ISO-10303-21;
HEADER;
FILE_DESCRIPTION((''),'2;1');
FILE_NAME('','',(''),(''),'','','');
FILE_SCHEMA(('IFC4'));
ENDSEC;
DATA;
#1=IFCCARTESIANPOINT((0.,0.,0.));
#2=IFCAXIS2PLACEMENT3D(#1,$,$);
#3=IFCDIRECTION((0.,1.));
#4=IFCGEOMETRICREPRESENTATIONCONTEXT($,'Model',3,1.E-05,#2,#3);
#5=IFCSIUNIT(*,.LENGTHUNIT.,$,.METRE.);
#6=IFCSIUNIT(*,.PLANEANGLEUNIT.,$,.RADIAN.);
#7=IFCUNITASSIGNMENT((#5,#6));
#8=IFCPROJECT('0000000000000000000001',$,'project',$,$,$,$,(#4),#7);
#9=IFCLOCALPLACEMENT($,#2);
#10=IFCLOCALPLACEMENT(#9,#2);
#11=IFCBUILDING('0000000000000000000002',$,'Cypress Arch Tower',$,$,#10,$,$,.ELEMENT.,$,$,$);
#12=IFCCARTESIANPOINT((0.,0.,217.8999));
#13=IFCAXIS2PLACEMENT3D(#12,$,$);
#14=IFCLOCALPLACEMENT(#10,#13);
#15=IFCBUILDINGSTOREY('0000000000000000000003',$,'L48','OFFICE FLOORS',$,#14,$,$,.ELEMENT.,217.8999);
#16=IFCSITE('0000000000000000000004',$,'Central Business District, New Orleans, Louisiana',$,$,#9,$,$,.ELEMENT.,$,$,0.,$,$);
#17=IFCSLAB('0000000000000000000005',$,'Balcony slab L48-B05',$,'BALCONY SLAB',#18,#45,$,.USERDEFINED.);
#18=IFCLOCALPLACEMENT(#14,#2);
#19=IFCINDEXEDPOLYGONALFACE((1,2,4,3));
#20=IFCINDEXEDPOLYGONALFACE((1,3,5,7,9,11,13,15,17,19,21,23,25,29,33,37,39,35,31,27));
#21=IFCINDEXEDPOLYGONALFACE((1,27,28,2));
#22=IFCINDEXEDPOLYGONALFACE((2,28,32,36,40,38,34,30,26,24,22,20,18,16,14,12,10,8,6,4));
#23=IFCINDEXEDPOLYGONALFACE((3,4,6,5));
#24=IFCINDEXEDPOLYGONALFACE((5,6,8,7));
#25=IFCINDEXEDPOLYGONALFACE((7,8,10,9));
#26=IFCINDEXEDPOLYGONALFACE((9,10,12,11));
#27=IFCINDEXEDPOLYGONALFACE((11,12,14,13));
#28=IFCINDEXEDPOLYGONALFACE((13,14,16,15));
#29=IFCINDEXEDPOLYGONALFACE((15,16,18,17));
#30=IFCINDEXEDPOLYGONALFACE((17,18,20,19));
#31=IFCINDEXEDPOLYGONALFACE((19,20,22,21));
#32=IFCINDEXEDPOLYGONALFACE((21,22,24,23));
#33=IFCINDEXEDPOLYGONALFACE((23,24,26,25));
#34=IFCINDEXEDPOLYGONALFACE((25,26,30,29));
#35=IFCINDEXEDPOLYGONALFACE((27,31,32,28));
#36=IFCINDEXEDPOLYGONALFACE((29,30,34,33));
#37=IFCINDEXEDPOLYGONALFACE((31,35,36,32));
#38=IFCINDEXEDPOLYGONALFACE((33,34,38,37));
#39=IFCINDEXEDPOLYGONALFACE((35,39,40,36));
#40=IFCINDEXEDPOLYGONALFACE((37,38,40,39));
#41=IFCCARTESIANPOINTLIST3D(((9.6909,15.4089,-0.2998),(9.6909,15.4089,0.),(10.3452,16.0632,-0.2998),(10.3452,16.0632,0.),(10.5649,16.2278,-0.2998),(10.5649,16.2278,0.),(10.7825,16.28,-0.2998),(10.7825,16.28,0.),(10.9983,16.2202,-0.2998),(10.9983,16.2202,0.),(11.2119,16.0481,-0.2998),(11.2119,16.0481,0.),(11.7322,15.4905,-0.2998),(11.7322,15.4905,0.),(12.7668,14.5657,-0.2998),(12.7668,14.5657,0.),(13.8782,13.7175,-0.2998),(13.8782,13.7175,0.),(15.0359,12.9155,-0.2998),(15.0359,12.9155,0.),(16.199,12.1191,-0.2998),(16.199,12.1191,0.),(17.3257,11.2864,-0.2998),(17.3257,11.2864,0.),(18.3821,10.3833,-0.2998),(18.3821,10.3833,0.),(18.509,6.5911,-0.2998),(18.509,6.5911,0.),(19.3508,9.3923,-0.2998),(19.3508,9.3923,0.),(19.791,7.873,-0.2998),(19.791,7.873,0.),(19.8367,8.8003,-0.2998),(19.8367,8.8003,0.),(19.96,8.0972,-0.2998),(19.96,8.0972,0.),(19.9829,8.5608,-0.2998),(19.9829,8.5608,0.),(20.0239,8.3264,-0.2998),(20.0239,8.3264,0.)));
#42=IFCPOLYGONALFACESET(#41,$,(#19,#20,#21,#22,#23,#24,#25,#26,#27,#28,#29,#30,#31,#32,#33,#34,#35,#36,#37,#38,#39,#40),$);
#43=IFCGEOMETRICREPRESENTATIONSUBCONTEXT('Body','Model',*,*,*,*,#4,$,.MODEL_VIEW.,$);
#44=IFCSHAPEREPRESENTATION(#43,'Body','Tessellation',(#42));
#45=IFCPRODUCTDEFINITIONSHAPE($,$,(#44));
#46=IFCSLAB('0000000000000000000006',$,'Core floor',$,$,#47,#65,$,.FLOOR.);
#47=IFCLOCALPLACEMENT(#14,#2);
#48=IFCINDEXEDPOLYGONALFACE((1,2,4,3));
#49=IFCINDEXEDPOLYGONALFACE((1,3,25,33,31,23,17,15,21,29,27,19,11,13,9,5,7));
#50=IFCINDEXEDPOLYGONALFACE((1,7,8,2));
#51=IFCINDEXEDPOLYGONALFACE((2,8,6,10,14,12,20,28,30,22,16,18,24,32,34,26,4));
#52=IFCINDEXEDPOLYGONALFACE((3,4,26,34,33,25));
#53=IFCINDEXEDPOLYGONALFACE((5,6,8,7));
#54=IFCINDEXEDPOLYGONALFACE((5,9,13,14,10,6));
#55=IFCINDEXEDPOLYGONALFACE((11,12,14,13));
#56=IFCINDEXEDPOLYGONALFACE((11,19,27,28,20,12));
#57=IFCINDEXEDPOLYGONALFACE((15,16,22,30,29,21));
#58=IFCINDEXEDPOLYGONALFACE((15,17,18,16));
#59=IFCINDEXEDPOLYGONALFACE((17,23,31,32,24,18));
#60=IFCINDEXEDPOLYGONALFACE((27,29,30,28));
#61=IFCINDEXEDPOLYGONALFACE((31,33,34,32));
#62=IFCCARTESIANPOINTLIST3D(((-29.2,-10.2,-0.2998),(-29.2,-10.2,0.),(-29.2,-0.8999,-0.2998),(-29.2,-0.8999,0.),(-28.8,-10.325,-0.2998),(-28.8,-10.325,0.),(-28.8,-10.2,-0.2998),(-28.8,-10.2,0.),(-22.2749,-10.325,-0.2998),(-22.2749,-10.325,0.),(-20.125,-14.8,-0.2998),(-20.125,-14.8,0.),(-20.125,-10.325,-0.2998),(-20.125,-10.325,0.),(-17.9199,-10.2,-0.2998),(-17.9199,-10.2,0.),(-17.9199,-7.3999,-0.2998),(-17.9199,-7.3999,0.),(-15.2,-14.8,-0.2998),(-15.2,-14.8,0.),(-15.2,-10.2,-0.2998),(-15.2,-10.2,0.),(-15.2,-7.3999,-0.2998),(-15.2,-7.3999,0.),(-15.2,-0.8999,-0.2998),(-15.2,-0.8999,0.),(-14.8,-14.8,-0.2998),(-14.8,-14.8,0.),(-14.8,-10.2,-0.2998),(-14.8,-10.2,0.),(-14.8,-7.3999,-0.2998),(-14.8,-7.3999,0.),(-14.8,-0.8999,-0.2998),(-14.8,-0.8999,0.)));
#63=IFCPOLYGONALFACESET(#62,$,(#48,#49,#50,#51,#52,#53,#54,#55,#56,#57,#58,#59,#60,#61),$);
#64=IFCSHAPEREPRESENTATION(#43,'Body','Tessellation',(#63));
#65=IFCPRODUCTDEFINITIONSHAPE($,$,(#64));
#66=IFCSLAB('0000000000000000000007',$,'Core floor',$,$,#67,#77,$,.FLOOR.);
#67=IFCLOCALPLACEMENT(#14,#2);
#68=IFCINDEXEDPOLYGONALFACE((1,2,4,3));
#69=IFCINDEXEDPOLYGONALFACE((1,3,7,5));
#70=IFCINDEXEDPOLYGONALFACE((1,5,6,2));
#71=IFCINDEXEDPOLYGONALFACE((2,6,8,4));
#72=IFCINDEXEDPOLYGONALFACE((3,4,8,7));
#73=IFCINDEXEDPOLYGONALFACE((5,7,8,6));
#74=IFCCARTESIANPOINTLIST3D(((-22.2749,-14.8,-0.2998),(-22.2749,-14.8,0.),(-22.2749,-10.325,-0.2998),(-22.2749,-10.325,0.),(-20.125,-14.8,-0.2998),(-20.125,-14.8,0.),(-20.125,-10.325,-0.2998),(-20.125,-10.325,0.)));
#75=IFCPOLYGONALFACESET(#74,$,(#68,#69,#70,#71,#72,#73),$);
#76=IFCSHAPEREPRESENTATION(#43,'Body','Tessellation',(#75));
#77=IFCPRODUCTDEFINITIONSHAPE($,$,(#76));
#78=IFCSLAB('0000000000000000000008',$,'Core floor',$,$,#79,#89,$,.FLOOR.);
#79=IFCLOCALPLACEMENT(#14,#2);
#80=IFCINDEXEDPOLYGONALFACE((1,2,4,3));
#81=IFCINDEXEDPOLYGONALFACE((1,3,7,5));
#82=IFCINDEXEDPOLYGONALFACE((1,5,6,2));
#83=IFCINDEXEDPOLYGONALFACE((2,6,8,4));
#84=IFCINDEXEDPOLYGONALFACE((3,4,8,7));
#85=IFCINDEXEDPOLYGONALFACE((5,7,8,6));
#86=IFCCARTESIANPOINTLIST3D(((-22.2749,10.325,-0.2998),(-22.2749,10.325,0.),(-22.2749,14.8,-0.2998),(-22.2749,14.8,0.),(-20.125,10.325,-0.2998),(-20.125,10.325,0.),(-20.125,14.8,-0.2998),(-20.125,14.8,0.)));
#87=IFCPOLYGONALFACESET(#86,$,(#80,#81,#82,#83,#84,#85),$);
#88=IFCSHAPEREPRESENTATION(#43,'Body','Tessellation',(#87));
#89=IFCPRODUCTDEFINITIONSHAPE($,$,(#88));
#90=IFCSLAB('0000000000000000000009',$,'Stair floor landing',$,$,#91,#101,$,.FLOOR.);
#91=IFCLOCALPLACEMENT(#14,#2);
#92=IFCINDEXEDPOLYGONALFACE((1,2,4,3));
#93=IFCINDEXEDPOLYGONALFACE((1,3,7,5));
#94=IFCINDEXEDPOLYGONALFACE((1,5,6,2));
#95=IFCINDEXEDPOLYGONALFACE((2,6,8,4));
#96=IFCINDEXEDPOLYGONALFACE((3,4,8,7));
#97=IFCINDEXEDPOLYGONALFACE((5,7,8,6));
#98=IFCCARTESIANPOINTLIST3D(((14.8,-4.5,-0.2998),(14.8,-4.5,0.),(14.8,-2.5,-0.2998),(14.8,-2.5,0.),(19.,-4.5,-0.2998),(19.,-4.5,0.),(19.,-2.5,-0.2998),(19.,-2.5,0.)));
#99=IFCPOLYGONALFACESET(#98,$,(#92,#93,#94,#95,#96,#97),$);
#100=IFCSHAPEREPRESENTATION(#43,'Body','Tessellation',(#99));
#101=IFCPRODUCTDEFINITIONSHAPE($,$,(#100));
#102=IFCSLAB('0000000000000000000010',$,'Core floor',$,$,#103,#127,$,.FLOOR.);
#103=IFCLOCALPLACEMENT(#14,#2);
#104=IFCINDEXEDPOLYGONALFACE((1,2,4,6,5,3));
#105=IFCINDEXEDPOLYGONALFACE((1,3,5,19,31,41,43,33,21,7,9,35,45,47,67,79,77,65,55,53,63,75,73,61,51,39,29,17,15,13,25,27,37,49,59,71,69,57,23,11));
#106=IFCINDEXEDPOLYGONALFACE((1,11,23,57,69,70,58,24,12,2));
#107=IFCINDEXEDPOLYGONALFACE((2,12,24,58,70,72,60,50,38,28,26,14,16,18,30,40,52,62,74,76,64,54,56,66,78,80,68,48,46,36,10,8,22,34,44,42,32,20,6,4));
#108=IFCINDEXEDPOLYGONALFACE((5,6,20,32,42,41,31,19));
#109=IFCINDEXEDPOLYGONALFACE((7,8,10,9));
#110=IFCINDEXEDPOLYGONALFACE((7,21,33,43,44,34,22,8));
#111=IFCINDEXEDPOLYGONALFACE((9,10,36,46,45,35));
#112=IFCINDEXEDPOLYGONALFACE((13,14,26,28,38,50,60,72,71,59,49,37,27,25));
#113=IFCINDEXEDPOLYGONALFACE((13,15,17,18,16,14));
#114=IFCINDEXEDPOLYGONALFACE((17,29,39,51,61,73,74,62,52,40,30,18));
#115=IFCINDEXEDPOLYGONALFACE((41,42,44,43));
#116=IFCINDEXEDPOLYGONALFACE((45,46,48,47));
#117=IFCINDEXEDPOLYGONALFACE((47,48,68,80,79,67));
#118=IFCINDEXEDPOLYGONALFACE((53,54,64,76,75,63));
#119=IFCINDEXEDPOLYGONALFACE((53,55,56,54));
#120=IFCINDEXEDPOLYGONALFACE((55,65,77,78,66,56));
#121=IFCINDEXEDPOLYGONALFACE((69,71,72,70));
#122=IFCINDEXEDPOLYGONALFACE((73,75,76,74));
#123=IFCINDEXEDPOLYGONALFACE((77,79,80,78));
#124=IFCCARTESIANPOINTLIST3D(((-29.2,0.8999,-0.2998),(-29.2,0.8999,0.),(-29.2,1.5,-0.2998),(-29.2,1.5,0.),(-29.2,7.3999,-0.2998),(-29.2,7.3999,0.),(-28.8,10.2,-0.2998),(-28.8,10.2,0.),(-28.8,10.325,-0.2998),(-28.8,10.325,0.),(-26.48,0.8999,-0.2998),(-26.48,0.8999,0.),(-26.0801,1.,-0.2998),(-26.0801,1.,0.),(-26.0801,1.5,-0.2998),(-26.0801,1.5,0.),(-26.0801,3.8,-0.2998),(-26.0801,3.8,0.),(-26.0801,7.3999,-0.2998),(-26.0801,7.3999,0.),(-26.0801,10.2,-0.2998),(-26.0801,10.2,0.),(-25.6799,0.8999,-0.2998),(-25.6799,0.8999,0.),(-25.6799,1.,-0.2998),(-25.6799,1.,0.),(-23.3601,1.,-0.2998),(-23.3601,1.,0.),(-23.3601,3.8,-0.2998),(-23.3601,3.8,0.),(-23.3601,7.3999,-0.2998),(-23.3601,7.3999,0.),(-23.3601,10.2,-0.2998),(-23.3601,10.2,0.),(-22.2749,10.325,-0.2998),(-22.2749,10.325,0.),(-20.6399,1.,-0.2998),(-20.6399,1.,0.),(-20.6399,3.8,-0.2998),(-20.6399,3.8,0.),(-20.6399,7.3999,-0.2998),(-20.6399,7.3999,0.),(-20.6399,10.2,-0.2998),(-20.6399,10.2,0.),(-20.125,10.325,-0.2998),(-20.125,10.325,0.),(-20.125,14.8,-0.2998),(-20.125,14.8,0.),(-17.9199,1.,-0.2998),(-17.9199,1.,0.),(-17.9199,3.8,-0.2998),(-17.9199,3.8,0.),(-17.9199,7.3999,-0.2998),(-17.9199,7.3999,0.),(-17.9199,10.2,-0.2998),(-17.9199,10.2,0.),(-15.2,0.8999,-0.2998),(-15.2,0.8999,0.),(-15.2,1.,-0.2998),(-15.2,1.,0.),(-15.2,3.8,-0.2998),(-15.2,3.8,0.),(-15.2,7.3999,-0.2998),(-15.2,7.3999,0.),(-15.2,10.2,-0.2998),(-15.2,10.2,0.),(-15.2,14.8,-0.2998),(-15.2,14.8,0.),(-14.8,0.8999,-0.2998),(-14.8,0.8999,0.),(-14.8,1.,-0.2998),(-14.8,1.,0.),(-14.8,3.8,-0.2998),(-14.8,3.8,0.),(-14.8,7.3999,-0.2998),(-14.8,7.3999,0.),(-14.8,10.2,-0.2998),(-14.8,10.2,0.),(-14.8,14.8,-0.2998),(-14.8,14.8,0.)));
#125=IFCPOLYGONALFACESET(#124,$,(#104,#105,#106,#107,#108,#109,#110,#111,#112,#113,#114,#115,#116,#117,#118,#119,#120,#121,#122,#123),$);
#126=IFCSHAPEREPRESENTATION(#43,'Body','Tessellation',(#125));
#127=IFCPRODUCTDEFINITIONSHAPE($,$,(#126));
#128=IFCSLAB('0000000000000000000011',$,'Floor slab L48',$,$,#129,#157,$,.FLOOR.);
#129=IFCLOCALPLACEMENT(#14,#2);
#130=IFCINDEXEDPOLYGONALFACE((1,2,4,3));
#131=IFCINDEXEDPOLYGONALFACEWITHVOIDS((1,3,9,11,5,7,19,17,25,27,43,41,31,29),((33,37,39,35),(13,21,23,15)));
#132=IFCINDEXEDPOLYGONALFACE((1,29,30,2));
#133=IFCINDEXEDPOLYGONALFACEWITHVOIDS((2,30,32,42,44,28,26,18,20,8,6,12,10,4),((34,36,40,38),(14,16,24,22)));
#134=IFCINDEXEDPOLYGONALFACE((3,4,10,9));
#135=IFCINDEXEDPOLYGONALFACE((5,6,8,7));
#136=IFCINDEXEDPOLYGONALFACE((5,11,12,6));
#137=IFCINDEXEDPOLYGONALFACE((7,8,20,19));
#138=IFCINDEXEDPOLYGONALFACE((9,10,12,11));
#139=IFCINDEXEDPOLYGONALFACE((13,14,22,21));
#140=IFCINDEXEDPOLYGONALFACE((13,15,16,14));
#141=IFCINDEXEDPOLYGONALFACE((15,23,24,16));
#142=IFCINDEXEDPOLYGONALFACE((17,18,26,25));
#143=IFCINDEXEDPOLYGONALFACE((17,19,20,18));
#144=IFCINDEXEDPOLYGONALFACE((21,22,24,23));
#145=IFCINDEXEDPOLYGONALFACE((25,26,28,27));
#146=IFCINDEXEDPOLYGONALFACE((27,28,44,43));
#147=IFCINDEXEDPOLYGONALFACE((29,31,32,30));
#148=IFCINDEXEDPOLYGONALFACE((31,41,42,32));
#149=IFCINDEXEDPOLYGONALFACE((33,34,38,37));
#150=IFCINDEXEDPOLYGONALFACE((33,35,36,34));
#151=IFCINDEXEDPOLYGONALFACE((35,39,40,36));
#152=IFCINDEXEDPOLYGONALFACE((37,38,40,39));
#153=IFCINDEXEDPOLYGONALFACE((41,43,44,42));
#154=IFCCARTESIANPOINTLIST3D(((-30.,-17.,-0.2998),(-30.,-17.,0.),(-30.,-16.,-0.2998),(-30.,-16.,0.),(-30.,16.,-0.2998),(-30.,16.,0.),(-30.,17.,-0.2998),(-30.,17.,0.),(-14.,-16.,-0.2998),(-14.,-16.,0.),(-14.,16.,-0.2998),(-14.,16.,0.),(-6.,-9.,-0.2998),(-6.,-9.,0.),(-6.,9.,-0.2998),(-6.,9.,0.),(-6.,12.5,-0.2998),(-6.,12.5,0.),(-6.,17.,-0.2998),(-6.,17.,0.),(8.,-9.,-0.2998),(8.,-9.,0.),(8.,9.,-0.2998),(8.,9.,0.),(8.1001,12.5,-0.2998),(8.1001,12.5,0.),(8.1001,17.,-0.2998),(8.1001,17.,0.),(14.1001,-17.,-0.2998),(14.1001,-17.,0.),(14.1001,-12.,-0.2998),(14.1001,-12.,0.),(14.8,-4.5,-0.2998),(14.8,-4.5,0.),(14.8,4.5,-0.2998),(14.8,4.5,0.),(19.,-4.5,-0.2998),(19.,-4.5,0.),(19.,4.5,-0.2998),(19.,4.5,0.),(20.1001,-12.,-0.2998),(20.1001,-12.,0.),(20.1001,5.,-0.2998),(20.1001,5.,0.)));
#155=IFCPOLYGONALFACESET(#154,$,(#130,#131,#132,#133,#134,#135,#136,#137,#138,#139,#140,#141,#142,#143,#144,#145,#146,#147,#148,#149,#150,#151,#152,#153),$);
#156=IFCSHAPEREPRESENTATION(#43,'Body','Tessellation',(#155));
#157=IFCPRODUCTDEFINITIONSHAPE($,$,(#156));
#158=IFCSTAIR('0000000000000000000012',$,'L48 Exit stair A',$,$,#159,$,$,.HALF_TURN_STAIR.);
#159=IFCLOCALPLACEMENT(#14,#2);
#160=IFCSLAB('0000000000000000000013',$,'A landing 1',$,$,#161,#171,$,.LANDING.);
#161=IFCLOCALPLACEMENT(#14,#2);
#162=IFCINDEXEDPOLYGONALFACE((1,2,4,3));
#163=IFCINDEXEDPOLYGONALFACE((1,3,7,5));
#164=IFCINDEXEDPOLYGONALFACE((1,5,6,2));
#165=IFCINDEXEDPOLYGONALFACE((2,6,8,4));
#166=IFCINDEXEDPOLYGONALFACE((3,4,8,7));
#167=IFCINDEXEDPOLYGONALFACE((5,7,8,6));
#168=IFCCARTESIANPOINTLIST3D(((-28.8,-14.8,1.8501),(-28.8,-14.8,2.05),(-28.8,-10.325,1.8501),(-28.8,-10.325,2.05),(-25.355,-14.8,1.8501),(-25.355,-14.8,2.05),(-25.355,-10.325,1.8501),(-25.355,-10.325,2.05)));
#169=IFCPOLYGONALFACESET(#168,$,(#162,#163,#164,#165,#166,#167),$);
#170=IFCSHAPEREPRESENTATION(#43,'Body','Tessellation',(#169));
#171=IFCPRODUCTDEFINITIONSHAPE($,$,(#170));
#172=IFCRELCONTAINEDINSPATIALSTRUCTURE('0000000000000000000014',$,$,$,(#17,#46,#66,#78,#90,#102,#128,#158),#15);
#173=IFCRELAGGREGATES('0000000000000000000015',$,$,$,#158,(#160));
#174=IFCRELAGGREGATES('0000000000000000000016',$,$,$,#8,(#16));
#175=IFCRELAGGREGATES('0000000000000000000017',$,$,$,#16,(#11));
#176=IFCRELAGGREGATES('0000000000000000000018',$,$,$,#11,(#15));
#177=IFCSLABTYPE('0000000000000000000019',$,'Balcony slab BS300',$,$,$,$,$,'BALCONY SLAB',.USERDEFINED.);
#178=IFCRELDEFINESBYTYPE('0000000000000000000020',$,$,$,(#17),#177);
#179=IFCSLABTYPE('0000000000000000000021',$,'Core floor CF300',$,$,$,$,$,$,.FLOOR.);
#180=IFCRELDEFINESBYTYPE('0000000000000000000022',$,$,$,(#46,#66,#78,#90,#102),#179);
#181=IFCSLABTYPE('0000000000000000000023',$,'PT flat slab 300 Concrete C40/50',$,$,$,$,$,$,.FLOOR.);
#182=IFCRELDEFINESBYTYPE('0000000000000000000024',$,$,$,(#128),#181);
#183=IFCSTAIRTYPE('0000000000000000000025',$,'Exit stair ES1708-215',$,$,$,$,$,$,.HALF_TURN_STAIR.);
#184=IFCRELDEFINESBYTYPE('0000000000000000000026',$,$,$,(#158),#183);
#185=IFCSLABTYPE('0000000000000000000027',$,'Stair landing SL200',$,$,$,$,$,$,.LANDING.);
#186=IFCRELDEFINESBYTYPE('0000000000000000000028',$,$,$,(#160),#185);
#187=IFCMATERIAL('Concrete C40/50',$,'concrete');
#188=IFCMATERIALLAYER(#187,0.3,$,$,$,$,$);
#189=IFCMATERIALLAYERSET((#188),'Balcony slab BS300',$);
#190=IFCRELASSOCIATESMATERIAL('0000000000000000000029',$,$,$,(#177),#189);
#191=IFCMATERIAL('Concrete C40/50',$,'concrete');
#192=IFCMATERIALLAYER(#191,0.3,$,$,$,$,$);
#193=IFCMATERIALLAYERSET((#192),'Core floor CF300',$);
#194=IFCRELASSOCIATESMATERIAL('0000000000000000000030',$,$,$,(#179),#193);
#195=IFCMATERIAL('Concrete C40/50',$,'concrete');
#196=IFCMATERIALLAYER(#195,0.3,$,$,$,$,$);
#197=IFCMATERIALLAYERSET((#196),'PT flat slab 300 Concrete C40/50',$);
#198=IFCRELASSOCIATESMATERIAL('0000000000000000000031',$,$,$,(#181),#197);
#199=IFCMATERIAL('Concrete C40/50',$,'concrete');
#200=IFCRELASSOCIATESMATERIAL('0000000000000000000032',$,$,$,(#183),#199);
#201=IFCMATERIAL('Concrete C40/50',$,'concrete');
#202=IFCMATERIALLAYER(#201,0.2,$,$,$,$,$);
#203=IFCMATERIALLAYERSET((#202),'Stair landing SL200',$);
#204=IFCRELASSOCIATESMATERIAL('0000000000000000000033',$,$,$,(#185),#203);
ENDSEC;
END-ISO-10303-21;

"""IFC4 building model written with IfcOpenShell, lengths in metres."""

from ifc_helpers import new_model, si_unit, direction, frame, origin, place, context, subcontext, project, spatial, polyline, outline, extrude, material, layer, layer_set, type_object, element, aggregate, save


model = new_model("IFC4")

# Units and contexts
model_context = context("Model", 3, precision=1e-05, world=origin(), true_north=direction((0.0, 1.0)))
body_context = subcontext(model_context, "Body", "Model", "MODEL_VIEW")
ifc_project = project(units=[si_unit("LENGTHUNIT", "METRE"), si_unit("PLANEANGLEUNIT", "RADIAN")], contexts=[model_context])

# Site, building, storey
site_placement = place(None, origin())
site = spatial("IfcSite", under=ifc_project, at=site_placement, Name="Central Business District, New Orleans, Louisiana", CompositionType="ELEMENT", RefElevation=0.0)
building_placement = place(site_placement, origin())
building = spatial("IfcBuilding", under=site, at=building_placement, Name="Cypress Arch Tower", CompositionType="ELEMENT")
storey_placement = place(building_placement, frame((0.0, 0.0, 217.8999)))
storey = spatial("IfcBuildingStorey", under=building, at=storey_placement, Name="L48", Description="OFFICE FLOORS", CompositionType="ELEMENT", Elevation=217.8999)

# Slabs
ifc_material_1 = material(Name="Concrete C40/50", Category="concrete")
ifc_layer_1 = layer(ifc_material_1, 0.3)
ifc_layer_set_1 = layer_set([ifc_layer_1], Name="Balcony slab BS300")
slab_type_1 = type_object("IfcSlabType", Name="Balcony slab BS300", ElementType="BALCONY SLAB", PredefinedType="USERDEFINED", material=ifc_layer_set_1)
slab_1_placement = place(storey_placement, frame((0.0, 0.0, -0.2998)))
element("IfcSlab", 1, at=slab_1_placement, inside=storey, type_object=slab_type_1, Name="Balcony slab L48-B05", ObjectType="BALCONY SLAB", PredefinedType="USERDEFINED", context=body_context, shape_type="SweptSolid", body=[
    extrude(outline(polyline([(18.509, 6.5911), (19.791, 7.873), (19.96, 8.0972), (20.0239, 8.3264), (19.9829, 8.5608), (19.8367, 8.8003), (19.3508, 9.3923), (18.3821, 10.3833), (17.3257, 11.2864), (16.199, 12.1191), (15.0359, 12.9155), (13.8782, 13.7175), (12.7668, 14.5657), (11.7322, 15.4905), (11.2119, 16.0481), (10.9983, 16.2202), (10.7825, 16.28), (10.5649, 16.2278), (10.3452, 16.0632), (9.6909, 15.4089), (18.509, 6.5911)])), origin(), (0.0, 0.0, 1.0), 0.2998),
])
ifc_material_2 = material(Name="Concrete C40/50", Category="concrete")
ifc_layer_2 = layer(ifc_material_2, 0.3)
ifc_layer_set_2 = layer_set([ifc_layer_2], Name="Core floor CF300")
slab_type_2 = type_object("IfcSlabType", Name="Core floor CF300", PredefinedType="FLOOR", material=ifc_layer_set_2)
slab_2_placement = place(storey_placement, frame((0.0, 0.0, -0.2998)))
element("IfcSlab", 2, at=slab_2_placement, inside=storey, type_object=slab_type_2, Name="Core floor", PredefinedType="FLOOR", context=body_context, shape_type="SweptSolid", body=[
    extrude(outline(polyline([(-28.8, -10.2), (-29.2, -10.2), (-29.2, -0.8999), (-15.2, -0.8999), (-14.8, -0.8999), (-14.8, -7.3999), (-15.2, -7.3999), (-17.9199, -7.3999), (-17.9199, -10.2), (-15.2, -10.2), (-14.8, -10.2), (-14.8, -14.8), (-15.2, -14.8), (-20.125, -14.8), (-20.125, -10.325), (-22.2749, -10.325), (-28.8, -10.325), (-28.8, -10.2)])), origin(), (0.0, 0.0, 1.0), 0.2998),
])
slab_3_placement = place(storey_placement, frame((0.0, 0.0, -0.2998)))
element("IfcSlab", 3, at=slab_3_placement, inside=storey, type_object=slab_type_2, Name="Core floor", PredefinedType="FLOOR", context=body_context, shape_type="SweptSolid", body=[
    extrude(outline(polyline([(-22.2749, -10.325), (-22.2749, -14.8), (-20.125, -14.8), (-20.125, -10.325), (-22.2749, -10.325)])), origin(), (0.0, 0.0, 1.0), 0.2998),
])
slab_4_placement = place(storey_placement, frame((0.0, 0.0, -0.2998)))
element("IfcSlab", 4, at=slab_4_placement, inside=storey, type_object=slab_type_2, Name="Core floor", PredefinedType="FLOOR", context=body_context, shape_type="SweptSolid", body=[
    extrude(outline(polyline([(-20.125, 14.8), (-22.2749, 14.8), (-22.2749, 10.325), (-20.125, 10.325), (-20.125, 14.8)])), origin(), (0.0, 0.0, 1.0), 0.2998),
])
slab_5_placement = place(storey_placement, frame((0.0, 0.0, -0.2998)))
element("IfcSlab", 5, at=slab_5_placement, inside=storey, type_object=slab_type_2, Name="Stair floor landing", PredefinedType="FLOOR", context=body_context, shape_type="SweptSolid", body=[
    extrude(outline(polyline([(19.0, -4.5), (19.0, -2.5), (14.8, -2.5), (14.8, -4.5), (19.0, -4.5)])), origin(), (0.0, 0.0, 1.0), 0.2998),
])
slab_6_placement = place(storey_placement, frame((0.0, 0.0, -0.2998)))
element("IfcSlab", 6, at=slab_6_placement, inside=storey, type_object=slab_type_2, Name="Core floor", PredefinedType="FLOOR", context=body_context, shape_type="SweptSolid", body=[
    extrude(outline(polyline([(-20.6399, 7.3999), (-20.6399, 10.2), (-23.3601, 10.2), (-26.0801, 10.2), (-28.8, 10.2), (-28.8, 10.325), (-22.2749, 10.325), (-20.125, 10.325), (-20.125, 14.8), (-15.2, 14.8), (-14.8, 14.8), (-14.8, 10.2), (-15.2, 10.2), (-17.9199, 10.2), (-17.9199, 7.3999), (-15.2, 7.3999), (-14.8, 7.3999), (-14.8, 3.8), (-15.2, 3.8), (-17.9199, 3.8), (-20.6399, 3.8), (-23.3601, 3.8), (-26.0801, 3.8), (-26.0801, 1.5), (-26.0801, 1.5), (-26.0801, 1.0), (-25.6799, 1.0), (-23.3601, 1.0), (-20.6399, 1.0), (-17.9199, 1.0), (-15.2, 1.0), (-14.8, 1.0), (-14.8, 0.8999), (-15.2, 0.8999), (-25.6799, 0.8999), (-26.48, 0.8999), (-29.2, 0.8999), (-29.2, 1.5), (-29.2, 7.3999), (-26.0801, 7.3999), (-23.3601, 7.3999), (-20.6399, 7.3999)])), origin(), (0.0, 0.0, 1.0), 0.2998),
])
ifc_material_3 = material(Name="Concrete C40/50", Category="concrete")
ifc_layer_3 = layer(ifc_material_3, 0.3)
ifc_layer_set_3 = layer_set([ifc_layer_3], Name="PT flat slab 300 Concrete C40/50")
slab_type_3 = type_object("IfcSlabType", Name="PT flat slab 300 Concrete C40/50", PredefinedType="FLOOR", material=ifc_layer_set_3)
slab_7_placement = place(storey_placement, frame((0.0, 0.0, -0.2998)))
element("IfcSlab", 7, at=slab_7_placement, inside=storey, type_object=slab_type_3, Name="Floor slab L48", PredefinedType="FLOOR", context=body_context, shape_type="SweptSolid", body=[
    extrude(outline(polyline([(-30.0, 17.0), (-6.0, 17.0), (-6.0, 12.5), (8.1001, 12.5), (8.1001, 17.0), (20.1001, 5.0), (20.1001, -12.0), (14.1001, -12.0), (14.1001, -17.0), (-30.0, -17.0), (-30.0, -16.0), (-14.0, -16.0), (-14.0, 16.0), (-30.0, 16.0), (-30.0, 17.0)]), holes=[polyline([(-6.0, -9.0), (8.0, -9.0), (8.0, 9.0), (-6.0, 9.0), (-6.0, -9.0)]), polyline([(14.8, -4.5), (19.0, -4.5), (19.0, 4.5), (14.8, 4.5), (14.8, -4.5)])]), origin(), (0.0, 0.0, 1.0), 0.2998),
])

# Stair, slab
ifc_material_4 = material(Name="Concrete C40/50", Category="concrete")
stair_type_1 = type_object("IfcStairType", Name="Exit stair ES1708-215", PredefinedType="HALF_TURN_STAIR", material=ifc_material_4)
stair_1_placement = place(storey_placement, origin())
stair_1 = element("IfcStair", 8, at=stair_1_placement, inside=storey, type_object=stair_type_1, Name="L48 Exit stair A", PredefinedType="HALF_TURN_STAIR")
ifc_material_5 = material(Name="Concrete C40/50", Category="concrete")
ifc_layer_4 = layer(ifc_material_5, 0.2)
ifc_layer_set_4 = layer_set([ifc_layer_4], Name="Stair landing SL200")
slab_type_4 = type_object("IfcSlabType", Name="Stair landing SL200", PredefinedType="LANDING", material=ifc_layer_set_4)
slab_8_placement = place(storey_placement, frame((0.0, 0.0, 1.8501)))
slab_8 = element("IfcSlab", 9, at=slab_8_placement, type_object=slab_type_4, Name="A landing 1", PredefinedType="LANDING", context=body_context, shape_type="SweptSolid", body=[
    extrude(outline(polyline([(-25.355, -10.325), (-28.8, -10.325), (-28.8, -14.8), (-25.355, -14.8), (-25.355, -10.325)])), origin(), (0.0, 0.0, 1.0), 0.2),
])
aggregate(stair_1, [slab_8])

save(model, "model.ifc")
